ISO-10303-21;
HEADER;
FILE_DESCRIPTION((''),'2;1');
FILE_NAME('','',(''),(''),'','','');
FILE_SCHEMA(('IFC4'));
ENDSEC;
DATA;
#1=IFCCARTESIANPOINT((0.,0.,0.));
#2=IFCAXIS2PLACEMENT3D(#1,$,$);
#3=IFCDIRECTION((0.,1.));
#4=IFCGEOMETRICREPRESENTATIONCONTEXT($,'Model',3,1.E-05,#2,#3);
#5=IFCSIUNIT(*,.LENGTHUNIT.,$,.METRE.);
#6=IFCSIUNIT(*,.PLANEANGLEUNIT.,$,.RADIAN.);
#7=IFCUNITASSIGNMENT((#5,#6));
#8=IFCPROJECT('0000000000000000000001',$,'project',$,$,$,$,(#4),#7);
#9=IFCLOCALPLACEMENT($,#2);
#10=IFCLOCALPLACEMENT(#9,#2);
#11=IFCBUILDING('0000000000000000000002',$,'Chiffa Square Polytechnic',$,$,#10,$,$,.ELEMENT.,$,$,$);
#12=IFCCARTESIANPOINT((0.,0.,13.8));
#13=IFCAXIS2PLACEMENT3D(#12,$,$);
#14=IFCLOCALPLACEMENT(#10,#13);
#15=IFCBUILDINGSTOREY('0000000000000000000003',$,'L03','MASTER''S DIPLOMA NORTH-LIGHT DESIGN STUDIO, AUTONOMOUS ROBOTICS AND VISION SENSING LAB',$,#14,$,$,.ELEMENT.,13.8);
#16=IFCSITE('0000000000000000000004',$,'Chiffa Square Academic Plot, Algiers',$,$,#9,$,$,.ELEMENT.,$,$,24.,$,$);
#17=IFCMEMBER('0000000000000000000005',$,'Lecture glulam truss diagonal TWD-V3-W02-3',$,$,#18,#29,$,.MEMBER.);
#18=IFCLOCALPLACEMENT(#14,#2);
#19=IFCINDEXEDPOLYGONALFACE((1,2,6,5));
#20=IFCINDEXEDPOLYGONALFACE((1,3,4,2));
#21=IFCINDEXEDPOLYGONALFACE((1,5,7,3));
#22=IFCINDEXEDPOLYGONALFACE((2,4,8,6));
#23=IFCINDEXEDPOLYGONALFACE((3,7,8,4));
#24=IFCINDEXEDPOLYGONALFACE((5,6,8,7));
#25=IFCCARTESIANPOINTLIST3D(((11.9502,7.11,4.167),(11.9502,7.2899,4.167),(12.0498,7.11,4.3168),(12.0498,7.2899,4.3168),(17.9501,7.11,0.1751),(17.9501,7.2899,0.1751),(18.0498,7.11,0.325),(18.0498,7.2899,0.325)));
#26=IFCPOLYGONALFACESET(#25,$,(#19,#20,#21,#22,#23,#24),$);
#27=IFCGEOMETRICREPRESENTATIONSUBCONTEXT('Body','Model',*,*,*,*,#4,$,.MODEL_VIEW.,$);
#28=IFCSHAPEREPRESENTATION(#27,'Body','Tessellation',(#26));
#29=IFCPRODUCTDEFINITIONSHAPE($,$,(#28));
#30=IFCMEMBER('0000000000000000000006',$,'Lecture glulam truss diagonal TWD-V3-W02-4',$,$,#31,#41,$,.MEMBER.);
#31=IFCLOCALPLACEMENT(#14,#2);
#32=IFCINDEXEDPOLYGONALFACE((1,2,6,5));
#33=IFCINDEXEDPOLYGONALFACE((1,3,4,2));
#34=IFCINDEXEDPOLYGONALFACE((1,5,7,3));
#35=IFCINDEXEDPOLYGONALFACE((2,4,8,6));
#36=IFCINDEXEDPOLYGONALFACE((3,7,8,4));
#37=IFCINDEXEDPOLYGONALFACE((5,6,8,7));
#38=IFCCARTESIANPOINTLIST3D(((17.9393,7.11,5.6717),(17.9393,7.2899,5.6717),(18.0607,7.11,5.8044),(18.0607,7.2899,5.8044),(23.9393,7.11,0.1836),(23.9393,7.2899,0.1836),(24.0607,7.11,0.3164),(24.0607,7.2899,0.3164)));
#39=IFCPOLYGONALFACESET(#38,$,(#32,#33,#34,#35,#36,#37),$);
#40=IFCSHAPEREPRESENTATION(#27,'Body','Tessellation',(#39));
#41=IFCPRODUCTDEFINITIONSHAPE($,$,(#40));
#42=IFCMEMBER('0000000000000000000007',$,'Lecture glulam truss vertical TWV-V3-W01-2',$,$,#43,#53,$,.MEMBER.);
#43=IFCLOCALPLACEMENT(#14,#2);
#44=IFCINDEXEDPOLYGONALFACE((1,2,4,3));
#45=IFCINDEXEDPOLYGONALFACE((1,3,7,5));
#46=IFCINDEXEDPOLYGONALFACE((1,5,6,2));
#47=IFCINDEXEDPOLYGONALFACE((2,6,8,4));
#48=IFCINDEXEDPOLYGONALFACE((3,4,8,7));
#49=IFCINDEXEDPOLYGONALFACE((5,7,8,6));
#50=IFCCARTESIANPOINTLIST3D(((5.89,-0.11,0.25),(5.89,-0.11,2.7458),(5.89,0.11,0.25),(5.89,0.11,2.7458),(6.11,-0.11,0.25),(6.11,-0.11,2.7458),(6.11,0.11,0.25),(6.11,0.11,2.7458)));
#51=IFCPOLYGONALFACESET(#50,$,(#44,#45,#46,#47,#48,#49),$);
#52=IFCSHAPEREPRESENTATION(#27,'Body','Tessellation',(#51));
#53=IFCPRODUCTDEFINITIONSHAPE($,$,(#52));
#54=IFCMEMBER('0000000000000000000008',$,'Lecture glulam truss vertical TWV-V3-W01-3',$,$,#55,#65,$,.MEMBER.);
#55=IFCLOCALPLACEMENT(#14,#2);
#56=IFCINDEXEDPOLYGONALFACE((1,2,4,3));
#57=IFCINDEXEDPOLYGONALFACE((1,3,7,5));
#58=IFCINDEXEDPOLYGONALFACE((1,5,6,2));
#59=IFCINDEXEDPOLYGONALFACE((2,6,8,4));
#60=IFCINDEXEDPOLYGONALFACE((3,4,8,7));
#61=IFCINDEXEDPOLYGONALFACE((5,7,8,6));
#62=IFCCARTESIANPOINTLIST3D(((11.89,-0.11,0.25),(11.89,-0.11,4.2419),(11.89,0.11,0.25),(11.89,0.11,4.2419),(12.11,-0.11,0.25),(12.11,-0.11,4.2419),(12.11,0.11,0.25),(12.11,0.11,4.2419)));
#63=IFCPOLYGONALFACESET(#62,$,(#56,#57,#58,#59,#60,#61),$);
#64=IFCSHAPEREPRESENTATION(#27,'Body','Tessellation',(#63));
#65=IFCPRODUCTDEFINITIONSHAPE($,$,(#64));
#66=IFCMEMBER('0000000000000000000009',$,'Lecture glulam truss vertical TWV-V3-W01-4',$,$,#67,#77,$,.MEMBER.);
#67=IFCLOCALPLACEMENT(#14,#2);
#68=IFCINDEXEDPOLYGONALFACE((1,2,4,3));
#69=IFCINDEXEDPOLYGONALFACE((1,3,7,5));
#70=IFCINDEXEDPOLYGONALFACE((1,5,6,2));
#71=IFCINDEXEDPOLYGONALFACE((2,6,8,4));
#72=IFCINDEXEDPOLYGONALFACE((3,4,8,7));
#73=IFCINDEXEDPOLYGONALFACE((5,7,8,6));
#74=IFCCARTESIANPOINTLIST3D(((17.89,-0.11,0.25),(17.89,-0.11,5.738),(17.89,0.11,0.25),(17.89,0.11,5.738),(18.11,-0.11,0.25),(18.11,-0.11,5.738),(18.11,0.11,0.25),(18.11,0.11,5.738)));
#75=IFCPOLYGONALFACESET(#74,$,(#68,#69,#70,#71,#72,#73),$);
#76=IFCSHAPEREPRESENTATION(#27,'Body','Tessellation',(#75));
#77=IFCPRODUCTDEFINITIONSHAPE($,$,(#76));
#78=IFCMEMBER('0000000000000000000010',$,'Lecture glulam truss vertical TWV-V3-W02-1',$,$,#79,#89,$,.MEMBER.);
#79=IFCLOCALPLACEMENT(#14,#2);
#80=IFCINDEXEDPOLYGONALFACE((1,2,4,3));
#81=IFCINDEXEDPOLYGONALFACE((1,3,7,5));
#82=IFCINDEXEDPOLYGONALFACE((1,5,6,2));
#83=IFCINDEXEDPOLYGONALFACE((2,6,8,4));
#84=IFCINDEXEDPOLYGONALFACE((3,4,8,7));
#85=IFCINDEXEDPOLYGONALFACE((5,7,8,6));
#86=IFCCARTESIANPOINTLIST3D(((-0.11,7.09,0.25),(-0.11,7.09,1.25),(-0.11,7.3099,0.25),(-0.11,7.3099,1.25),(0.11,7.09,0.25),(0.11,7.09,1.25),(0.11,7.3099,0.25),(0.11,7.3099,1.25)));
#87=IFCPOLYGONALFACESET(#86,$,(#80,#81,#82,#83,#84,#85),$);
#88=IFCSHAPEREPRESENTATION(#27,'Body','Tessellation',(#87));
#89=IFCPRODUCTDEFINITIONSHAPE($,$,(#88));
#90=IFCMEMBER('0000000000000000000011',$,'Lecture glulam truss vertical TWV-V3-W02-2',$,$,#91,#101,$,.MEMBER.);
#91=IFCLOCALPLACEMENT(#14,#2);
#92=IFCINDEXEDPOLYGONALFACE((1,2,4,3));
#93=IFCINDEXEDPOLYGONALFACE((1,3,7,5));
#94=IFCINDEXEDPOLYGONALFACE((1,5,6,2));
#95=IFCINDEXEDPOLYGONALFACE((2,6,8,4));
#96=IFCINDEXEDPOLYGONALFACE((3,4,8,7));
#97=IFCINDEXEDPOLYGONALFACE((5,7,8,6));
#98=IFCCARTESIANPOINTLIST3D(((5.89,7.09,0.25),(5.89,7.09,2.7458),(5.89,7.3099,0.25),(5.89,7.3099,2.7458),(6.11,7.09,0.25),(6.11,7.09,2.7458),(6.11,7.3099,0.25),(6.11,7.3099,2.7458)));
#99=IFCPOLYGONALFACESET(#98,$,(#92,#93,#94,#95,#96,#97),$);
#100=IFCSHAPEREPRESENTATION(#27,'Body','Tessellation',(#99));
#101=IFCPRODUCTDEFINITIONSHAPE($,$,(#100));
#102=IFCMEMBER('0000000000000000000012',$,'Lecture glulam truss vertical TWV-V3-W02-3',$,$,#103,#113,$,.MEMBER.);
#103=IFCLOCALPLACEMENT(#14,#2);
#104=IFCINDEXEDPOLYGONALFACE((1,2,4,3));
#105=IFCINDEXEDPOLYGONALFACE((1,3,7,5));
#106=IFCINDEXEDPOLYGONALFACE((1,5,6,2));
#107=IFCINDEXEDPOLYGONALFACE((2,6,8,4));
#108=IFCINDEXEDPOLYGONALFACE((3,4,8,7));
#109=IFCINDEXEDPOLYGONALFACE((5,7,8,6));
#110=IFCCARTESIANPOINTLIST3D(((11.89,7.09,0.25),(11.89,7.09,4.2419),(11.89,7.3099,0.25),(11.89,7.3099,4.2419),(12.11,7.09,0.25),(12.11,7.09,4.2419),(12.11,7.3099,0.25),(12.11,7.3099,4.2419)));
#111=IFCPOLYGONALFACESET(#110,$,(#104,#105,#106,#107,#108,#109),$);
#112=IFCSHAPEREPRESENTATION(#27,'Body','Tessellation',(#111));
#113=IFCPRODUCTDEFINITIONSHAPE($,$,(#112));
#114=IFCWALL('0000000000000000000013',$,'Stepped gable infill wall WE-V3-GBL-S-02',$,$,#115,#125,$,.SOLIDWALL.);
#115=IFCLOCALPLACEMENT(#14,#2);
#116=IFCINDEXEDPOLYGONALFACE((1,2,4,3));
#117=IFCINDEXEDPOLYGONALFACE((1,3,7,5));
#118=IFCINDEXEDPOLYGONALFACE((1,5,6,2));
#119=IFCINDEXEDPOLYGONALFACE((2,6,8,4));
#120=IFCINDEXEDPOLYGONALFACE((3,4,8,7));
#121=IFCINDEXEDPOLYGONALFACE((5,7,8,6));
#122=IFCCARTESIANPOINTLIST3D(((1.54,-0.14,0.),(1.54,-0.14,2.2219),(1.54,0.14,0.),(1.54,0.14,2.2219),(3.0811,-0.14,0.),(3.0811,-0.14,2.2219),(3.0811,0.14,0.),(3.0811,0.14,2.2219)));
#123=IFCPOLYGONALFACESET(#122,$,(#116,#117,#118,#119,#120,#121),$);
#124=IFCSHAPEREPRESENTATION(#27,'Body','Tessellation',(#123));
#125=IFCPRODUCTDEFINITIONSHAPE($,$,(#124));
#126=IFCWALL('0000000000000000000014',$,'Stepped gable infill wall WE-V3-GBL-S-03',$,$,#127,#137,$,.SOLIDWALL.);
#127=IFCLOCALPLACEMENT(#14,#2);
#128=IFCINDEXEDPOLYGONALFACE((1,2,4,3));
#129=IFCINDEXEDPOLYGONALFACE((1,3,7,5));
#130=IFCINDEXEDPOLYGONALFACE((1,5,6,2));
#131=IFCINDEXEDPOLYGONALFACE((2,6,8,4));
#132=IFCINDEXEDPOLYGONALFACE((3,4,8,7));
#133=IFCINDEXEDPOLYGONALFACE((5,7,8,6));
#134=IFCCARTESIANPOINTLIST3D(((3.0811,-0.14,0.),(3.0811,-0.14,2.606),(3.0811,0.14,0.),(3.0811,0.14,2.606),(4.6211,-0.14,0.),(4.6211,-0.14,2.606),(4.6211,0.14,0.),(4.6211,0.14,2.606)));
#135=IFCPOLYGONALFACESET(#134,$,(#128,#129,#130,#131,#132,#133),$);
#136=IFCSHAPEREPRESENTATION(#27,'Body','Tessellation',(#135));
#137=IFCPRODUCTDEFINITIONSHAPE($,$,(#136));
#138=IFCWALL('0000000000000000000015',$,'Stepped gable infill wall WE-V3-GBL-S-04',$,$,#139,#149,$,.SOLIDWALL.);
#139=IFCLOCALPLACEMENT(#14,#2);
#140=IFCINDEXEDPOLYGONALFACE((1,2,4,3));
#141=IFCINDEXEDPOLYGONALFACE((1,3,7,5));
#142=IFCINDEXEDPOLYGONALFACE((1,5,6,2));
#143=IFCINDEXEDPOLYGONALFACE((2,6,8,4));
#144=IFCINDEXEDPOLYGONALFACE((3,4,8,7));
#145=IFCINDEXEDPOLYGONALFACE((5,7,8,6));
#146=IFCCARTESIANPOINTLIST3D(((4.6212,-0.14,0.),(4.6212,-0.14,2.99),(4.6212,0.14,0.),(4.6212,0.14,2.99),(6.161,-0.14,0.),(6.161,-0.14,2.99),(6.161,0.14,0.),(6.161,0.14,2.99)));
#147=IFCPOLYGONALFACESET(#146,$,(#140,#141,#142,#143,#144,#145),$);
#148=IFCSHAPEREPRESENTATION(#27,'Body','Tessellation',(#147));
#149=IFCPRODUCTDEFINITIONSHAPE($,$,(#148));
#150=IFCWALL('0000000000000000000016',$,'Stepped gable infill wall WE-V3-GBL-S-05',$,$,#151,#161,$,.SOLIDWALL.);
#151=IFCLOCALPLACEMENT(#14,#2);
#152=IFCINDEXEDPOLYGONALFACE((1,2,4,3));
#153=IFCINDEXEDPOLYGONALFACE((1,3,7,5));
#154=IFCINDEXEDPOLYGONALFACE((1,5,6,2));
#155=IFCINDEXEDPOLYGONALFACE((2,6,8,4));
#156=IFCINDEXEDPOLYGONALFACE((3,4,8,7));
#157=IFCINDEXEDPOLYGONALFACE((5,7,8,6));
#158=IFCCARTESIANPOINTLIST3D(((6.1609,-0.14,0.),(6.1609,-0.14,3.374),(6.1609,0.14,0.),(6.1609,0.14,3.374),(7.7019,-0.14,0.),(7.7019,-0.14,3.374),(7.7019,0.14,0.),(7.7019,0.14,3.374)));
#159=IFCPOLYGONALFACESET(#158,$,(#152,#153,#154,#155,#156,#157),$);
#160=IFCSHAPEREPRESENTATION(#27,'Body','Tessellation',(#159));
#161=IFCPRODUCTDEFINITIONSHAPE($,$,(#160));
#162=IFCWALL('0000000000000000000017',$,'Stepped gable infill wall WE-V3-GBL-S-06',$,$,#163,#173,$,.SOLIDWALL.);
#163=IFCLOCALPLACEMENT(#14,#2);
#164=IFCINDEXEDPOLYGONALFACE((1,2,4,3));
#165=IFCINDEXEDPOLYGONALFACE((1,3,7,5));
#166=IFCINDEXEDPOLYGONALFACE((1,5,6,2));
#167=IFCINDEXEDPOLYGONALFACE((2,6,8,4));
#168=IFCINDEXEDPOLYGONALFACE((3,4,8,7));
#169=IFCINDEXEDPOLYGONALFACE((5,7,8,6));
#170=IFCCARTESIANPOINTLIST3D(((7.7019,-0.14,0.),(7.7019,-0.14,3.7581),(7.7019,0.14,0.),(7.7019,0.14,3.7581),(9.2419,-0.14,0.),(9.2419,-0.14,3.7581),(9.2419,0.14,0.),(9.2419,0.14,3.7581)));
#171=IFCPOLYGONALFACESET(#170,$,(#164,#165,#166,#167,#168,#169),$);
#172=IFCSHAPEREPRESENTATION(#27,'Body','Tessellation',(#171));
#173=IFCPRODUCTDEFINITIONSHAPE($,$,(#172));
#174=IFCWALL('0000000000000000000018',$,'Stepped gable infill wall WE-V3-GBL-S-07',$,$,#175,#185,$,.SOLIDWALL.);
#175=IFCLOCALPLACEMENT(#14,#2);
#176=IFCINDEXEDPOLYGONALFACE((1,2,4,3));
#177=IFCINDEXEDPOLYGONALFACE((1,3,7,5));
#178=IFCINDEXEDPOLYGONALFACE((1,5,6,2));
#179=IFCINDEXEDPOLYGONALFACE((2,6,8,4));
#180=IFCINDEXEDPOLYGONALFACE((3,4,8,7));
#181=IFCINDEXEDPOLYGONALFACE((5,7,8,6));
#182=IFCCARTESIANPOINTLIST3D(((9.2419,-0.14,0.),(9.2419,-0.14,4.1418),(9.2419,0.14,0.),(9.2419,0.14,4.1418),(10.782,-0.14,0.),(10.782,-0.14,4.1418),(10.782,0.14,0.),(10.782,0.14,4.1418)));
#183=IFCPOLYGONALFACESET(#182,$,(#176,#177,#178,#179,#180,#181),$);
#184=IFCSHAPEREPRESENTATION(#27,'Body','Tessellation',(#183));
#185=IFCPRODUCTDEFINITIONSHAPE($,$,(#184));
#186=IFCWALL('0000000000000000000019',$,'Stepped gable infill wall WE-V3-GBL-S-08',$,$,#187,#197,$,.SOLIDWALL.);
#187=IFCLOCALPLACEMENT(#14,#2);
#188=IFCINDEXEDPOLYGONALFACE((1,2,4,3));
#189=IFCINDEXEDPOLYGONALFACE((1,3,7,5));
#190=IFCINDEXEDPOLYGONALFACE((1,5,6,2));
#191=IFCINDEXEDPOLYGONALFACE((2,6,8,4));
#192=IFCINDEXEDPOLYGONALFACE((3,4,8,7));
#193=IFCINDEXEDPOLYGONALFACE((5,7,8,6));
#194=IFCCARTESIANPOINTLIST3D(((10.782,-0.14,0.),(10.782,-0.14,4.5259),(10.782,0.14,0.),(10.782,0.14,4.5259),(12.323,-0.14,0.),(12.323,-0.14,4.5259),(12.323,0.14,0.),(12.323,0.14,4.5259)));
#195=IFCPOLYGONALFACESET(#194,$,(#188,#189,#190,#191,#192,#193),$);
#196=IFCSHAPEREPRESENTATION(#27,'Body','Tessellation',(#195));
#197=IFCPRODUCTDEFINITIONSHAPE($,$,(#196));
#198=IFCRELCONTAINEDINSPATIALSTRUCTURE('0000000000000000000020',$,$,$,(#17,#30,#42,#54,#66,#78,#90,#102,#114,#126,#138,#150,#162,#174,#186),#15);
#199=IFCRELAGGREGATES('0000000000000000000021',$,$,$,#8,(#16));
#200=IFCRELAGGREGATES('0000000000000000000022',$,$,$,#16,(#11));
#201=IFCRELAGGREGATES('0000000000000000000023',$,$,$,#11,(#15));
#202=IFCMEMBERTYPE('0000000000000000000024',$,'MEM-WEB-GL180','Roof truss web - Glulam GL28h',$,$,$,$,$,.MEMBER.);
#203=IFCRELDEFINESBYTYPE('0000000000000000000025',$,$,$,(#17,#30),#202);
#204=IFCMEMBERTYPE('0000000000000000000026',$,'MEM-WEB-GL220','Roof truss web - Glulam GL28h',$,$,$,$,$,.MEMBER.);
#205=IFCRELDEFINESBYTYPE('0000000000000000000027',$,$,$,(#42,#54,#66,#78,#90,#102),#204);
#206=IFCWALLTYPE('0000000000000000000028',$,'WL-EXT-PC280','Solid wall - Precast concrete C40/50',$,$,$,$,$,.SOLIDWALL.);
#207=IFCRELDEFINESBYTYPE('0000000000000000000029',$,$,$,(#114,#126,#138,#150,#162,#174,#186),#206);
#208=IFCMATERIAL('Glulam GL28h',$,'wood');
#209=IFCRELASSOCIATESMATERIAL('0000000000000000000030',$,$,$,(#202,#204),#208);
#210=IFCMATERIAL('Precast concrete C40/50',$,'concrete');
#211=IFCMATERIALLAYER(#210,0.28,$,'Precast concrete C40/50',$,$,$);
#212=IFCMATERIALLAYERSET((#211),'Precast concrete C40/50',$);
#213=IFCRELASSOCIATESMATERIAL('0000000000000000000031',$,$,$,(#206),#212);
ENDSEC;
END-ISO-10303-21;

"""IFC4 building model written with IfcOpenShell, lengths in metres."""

from ifc_helpers import new_model, si_unit, direction, frame, frame_2d, origin, origin_2d, place, context, subcontext, project, spatial, rectangle, extrude, material, layer, layer_set, material_profile, profile_set, type_object, element, save


model = new_model("IFC4")

# Units and contexts
model_context = context("Model", 3, precision=1e-05, world=origin(), true_north=direction((0.0, 1.0)))
body_context = subcontext(model_context, "Body", "Model", "MODEL_VIEW")
ifc_project = project(units=[si_unit("LENGTHUNIT", "METRE"), si_unit("PLANEANGLEUNIT", "RADIAN")], contexts=[model_context])

# Site, building, storey
site_placement = place(None, origin())
site = spatial("IfcSite", under=ifc_project, at=site_placement, Name="Chiffa Square Academic Plot, Algiers", CompositionType="ELEMENT", RefElevation=24.0)
building_placement = place(site_placement, origin())
building = spatial("IfcBuilding", under=site, at=building_placement, Name="Chiffa Square Polytechnic", CompositionType="ELEMENT")
storey_placement = place(building_placement, frame((0.0, 0.0, 13.8)))
storey = spatial("IfcBuildingStorey", under=building, at=storey_placement, Name="L03", Description="MASTER'S DIPLOMA NORTH-LIGHT DESIGN STUDIO, AUTONOMOUS ROBOTICS AND VISION SENSING LAB", CompositionType="ELEMENT", Elevation=13.8)

# Members
ifc_material_1 = material(Name="Glulam GL28h", Category="wood")
ifc_material_profile_1 = material_profile(ifc_material_1, rectangle(XDim=0.1799, YDim=0.1799, at=origin_2d()), Name="GL28h 180x180")
ifc_profile_set_1 = profile_set([ifc_material_profile_1], Name="Glulam GL28h")
member_type_1 = type_object("IfcMemberType", Name="MEM-WEB-GL180", Description="Roof truss web - Glulam GL28h", PredefinedType="MEMBER", material=ifc_profile_set_1)
member_1_placement = place(storey_placement, frame((12.0, 7.2, 4.2419), z_axis=(0.832566, 0.0, -0.553926), x_axis=(0.0, 1.0, 0.0)))
element("IfcMember", 1, at=member_1_placement, inside=storey, type_object=member_type_1, Name="Lecture glulam truss diagonal TWD-V3-W02-3", PredefinedType="MEMBER", context=body_context, shape_type="SweptSolid", body=[
    extrude(rectangle(XDim=0.1799, YDim=0.1799, at=origin_2d()), origin(), (0.0, 0.0, 1.0), 7.2065),
])
member_2_placement = place(storey_placement, frame((18.0, 7.2, 5.738), z_axis=(0.737887, 0.0, -0.674925), x_axis=(0.0, 1.0, 0.0)))
element("IfcMember", 2, at=member_2_placement, inside=storey, type_object=member_type_1, Name="Lecture glulam truss diagonal TWD-V3-W02-4", PredefinedType="MEMBER", context=body_context, shape_type="SweptSolid", body=[
    extrude(rectangle(XDim=0.1799, YDim=0.1799, at=origin_2d()), origin(), (0.0, 0.0, 1.0), 8.1313),
])
ifc_material_profile_2 = material_profile(ifc_material_1, rectangle(XDim=0.22, YDim=0.22, at=origin_2d()), Name="GL28h 220x220")
ifc_profile_set_2 = profile_set([ifc_material_profile_2], Name="Glulam GL28h")
member_type_2 = type_object("IfcMemberType", Name="MEM-WEB-GL220", Description="Roof truss web - Glulam GL28h", PredefinedType="MEMBER", material=ifc_profile_set_2)
member_3_placement = place(storey_placement, frame((6.0, 0.0, 0.25), z_axis=(0.0, 0.0, 1.0), x_axis=(1.0, 0.0, 0.0)))
element("IfcMember", 3, at=member_3_placement, inside=storey, type_object=member_type_2, Name="Lecture glulam truss vertical TWV-V3-W01-2", PredefinedType="MEMBER", context=body_context, shape_type="SweptSolid", body=[
    extrude(rectangle(XDim=0.22, YDim=0.22, at=origin_2d()), origin(), (0.0, 0.0, 1.0), 2.4958),
])
member_4_placement = place(storey_placement, frame((12.0, 0.0, 0.25), z_axis=(0.0, 0.0, 1.0), x_axis=(1.0, 0.0, 0.0)))
element("IfcMember", 4, at=member_4_placement, inside=storey, type_object=member_type_2, Name="Lecture glulam truss vertical TWV-V3-W01-3", PredefinedType="MEMBER", context=body_context, shape_type="SweptSolid", body=[
    extrude(rectangle(XDim=0.22, YDim=0.22, at=origin_2d()), origin(), (0.0, 0.0, 1.0), 3.9919),
])
member_5_placement = place(storey_placement, frame((18.0, 0.0, 0.25), z_axis=(0.0, 0.0, 1.0), x_axis=(1.0, 0.0, 0.0)))
element("IfcMember", 5, at=member_5_placement, inside=storey, type_object=member_type_2, Name="Lecture glulam truss vertical TWV-V3-W01-4", PredefinedType="MEMBER", context=body_context, shape_type="SweptSolid", body=[
    extrude(rectangle(XDim=0.22, YDim=0.22, at=origin_2d()), origin(), (0.0, 0.0, 1.0), 5.488),
])
member_6_placement = place(storey_placement, frame((0.0, 7.2, 0.25), z_axis=(0.0, 0.0, 1.0), x_axis=(1.0, 0.0, 0.0)))
element("IfcMember", 6, at=member_6_placement, inside=storey, type_object=member_type_2, Name="Lecture glulam truss vertical TWV-V3-W02-1", PredefinedType="MEMBER", context=body_context, shape_type="SweptSolid", body=[
    extrude(rectangle(XDim=0.22, YDim=0.22, at=origin_2d()), origin(), (0.0, 0.0, 1.0), 1.0),
])
member_7_placement = place(storey_placement, frame((6.0, 7.2, 0.25), z_axis=(0.0, 0.0, 1.0), x_axis=(1.0, 0.0, 0.0)))
element("IfcMember", 7, at=member_7_placement, inside=storey, type_object=member_type_2, Name="Lecture glulam truss vertical TWV-V3-W02-2", PredefinedType="MEMBER", context=body_context, shape_type="SweptSolid", body=[
    extrude(rectangle(XDim=0.22, YDim=0.22, at=origin_2d()), origin(), (0.0, 0.0, 1.0), 2.4958),
])
member_8_placement = place(storey_placement, frame((12.0, 7.2, 0.25), z_axis=(0.0, 0.0, 1.0), x_axis=(1.0, 0.0, 0.0)))
element("IfcMember", 8, at=member_8_placement, inside=storey, type_object=member_type_2, Name="Lecture glulam truss vertical TWV-V3-W02-3", PredefinedType="MEMBER", context=body_context, shape_type="SweptSolid", body=[
    extrude(rectangle(XDim=0.22, YDim=0.22, at=origin_2d()), origin(), (0.0, 0.0, 1.0), 3.9919),
])

# Walls
ifc_material_2 = material(Name="Precast concrete C40/50", Category="concrete")
ifc_layer = layer(ifc_material_2, 0.28, Name="Precast concrete C40/50")
ifc_layer_set = layer_set([ifc_layer], Name="Precast concrete C40/50")
wall_type = type_object("IfcWallType", Name="WL-EXT-PC280", Description="Solid wall - Precast concrete C40/50", PredefinedType="SOLIDWALL", material=ifc_layer_set)
wall_1_placement = place(storey_placement, frame((1.54, 0.0, 0.0), z_axis=(0.0, 0.0, 1.0), x_axis=(1.0, 0.0, 0.0)))
element("IfcWall", 9, at=wall_1_placement, inside=storey, type_object=wall_type, Name="Stepped gable infill wall WE-V3-GBL-S-02", PredefinedType="SOLIDWALL", context=body_context, shape_type="SweptSolid", body=[
    extrude(rectangle(XDim=1.541, YDim=0.28, at=frame_2d((0.7705, 0.0))), origin(), (0.0, 0.0, 1.0), 2.2219),
])
wall_2_placement = place(storey_placement, frame((3.0811, 0.0, 0.0), z_axis=(0.0, 0.0, 1.0), x_axis=(1.0, 0.0, 0.0)))
element("IfcWall", 10, at=wall_2_placement, inside=storey, type_object=wall_type, Name="Stepped gable infill wall WE-V3-GBL-S-03", PredefinedType="SOLIDWALL", context=body_context, shape_type="SweptSolid", body=[
    extrude(rectangle(XDim=1.54, YDim=0.28, at=frame_2d((0.77, 0.0))), origin(), (0.0, 0.0, 1.0), 2.606),
])
wall_3_placement = place(storey_placement, frame((4.6211, 0.0, 0.0), z_axis=(0.0, 0.0, 1.0), x_axis=(1.0, 0.0, 0.0)))
element("IfcWall", 11, at=wall_3_placement, inside=storey, type_object=wall_type, Name="Stepped gable infill wall WE-V3-GBL-S-04", PredefinedType="SOLIDWALL", context=body_context, shape_type="SweptSolid", body=[
    extrude(rectangle(XDim=1.5398, YDim=0.28, at=frame_2d((0.77, 0.0))), origin(), (0.0, 0.0, 1.0), 2.99),
])
wall_4_placement = place(storey_placement, frame((6.1609, 0.0, 0.0), z_axis=(0.0, 0.0, 1.0), x_axis=(1.0, 0.0, 0.0)))
element("IfcWall", 12, at=wall_4_placement, inside=storey, type_object=wall_type, Name="Stepped gable infill wall WE-V3-GBL-S-05", PredefinedType="SOLIDWALL", context=body_context, shape_type="SweptSolid", body=[
    extrude(rectangle(XDim=1.541, YDim=0.28, at=frame_2d((0.7705, 0.0))), origin(), (0.0, 0.0, 1.0), 3.374),
])
wall_5_placement = place(storey_placement, frame((7.7019, 0.0, 0.0), z_axis=(0.0, 0.0, 1.0), x_axis=(1.0, 0.0, 0.0)))
element("IfcWall", 13, at=wall_5_placement, inside=storey, type_object=wall_type, Name="Stepped gable infill wall WE-V3-GBL-S-06", PredefinedType="SOLIDWALL", context=body_context, shape_type="SweptSolid", body=[
    extrude(rectangle(XDim=1.54, YDim=0.28, at=frame_2d((0.77, 0.0))), origin(), (0.0, 0.0, 1.0), 3.7581),
])
wall_6_placement = place(storey_placement, frame((9.2419, 0.0, 0.0), z_axis=(0.0, 0.0, 1.0), x_axis=(1.0, 0.0, 0.0)))
element("IfcWall", 14, at=wall_6_placement, inside=storey, type_object=wall_type, Name="Stepped gable infill wall WE-V3-GBL-S-07", PredefinedType="SOLIDWALL", context=body_context, shape_type="SweptSolid", body=[
    extrude(rectangle(XDim=1.54, YDim=0.28, at=frame_2d((0.77, 0.0))), origin(), (0.0, 0.0, 1.0), 4.1418),
])
wall_7_placement = place(storey_placement, frame((10.782, 0.0, 0.0), z_axis=(0.0, 0.0, 1.0), x_axis=(1.0, 0.0, 0.0)))
element("IfcWall", 15, at=wall_7_placement, inside=storey, type_object=wall_type, Name="Stepped gable infill wall WE-V3-GBL-S-08", PredefinedType="SOLIDWALL", context=body_context, shape_type="SweptSolid", body=[
    extrude(rectangle(XDim=1.541, YDim=0.28, at=frame_2d((0.7705, 0.0))), origin(), (0.0, 0.0, 1.0), 4.5259),
])

save(model, "model.ifc")
